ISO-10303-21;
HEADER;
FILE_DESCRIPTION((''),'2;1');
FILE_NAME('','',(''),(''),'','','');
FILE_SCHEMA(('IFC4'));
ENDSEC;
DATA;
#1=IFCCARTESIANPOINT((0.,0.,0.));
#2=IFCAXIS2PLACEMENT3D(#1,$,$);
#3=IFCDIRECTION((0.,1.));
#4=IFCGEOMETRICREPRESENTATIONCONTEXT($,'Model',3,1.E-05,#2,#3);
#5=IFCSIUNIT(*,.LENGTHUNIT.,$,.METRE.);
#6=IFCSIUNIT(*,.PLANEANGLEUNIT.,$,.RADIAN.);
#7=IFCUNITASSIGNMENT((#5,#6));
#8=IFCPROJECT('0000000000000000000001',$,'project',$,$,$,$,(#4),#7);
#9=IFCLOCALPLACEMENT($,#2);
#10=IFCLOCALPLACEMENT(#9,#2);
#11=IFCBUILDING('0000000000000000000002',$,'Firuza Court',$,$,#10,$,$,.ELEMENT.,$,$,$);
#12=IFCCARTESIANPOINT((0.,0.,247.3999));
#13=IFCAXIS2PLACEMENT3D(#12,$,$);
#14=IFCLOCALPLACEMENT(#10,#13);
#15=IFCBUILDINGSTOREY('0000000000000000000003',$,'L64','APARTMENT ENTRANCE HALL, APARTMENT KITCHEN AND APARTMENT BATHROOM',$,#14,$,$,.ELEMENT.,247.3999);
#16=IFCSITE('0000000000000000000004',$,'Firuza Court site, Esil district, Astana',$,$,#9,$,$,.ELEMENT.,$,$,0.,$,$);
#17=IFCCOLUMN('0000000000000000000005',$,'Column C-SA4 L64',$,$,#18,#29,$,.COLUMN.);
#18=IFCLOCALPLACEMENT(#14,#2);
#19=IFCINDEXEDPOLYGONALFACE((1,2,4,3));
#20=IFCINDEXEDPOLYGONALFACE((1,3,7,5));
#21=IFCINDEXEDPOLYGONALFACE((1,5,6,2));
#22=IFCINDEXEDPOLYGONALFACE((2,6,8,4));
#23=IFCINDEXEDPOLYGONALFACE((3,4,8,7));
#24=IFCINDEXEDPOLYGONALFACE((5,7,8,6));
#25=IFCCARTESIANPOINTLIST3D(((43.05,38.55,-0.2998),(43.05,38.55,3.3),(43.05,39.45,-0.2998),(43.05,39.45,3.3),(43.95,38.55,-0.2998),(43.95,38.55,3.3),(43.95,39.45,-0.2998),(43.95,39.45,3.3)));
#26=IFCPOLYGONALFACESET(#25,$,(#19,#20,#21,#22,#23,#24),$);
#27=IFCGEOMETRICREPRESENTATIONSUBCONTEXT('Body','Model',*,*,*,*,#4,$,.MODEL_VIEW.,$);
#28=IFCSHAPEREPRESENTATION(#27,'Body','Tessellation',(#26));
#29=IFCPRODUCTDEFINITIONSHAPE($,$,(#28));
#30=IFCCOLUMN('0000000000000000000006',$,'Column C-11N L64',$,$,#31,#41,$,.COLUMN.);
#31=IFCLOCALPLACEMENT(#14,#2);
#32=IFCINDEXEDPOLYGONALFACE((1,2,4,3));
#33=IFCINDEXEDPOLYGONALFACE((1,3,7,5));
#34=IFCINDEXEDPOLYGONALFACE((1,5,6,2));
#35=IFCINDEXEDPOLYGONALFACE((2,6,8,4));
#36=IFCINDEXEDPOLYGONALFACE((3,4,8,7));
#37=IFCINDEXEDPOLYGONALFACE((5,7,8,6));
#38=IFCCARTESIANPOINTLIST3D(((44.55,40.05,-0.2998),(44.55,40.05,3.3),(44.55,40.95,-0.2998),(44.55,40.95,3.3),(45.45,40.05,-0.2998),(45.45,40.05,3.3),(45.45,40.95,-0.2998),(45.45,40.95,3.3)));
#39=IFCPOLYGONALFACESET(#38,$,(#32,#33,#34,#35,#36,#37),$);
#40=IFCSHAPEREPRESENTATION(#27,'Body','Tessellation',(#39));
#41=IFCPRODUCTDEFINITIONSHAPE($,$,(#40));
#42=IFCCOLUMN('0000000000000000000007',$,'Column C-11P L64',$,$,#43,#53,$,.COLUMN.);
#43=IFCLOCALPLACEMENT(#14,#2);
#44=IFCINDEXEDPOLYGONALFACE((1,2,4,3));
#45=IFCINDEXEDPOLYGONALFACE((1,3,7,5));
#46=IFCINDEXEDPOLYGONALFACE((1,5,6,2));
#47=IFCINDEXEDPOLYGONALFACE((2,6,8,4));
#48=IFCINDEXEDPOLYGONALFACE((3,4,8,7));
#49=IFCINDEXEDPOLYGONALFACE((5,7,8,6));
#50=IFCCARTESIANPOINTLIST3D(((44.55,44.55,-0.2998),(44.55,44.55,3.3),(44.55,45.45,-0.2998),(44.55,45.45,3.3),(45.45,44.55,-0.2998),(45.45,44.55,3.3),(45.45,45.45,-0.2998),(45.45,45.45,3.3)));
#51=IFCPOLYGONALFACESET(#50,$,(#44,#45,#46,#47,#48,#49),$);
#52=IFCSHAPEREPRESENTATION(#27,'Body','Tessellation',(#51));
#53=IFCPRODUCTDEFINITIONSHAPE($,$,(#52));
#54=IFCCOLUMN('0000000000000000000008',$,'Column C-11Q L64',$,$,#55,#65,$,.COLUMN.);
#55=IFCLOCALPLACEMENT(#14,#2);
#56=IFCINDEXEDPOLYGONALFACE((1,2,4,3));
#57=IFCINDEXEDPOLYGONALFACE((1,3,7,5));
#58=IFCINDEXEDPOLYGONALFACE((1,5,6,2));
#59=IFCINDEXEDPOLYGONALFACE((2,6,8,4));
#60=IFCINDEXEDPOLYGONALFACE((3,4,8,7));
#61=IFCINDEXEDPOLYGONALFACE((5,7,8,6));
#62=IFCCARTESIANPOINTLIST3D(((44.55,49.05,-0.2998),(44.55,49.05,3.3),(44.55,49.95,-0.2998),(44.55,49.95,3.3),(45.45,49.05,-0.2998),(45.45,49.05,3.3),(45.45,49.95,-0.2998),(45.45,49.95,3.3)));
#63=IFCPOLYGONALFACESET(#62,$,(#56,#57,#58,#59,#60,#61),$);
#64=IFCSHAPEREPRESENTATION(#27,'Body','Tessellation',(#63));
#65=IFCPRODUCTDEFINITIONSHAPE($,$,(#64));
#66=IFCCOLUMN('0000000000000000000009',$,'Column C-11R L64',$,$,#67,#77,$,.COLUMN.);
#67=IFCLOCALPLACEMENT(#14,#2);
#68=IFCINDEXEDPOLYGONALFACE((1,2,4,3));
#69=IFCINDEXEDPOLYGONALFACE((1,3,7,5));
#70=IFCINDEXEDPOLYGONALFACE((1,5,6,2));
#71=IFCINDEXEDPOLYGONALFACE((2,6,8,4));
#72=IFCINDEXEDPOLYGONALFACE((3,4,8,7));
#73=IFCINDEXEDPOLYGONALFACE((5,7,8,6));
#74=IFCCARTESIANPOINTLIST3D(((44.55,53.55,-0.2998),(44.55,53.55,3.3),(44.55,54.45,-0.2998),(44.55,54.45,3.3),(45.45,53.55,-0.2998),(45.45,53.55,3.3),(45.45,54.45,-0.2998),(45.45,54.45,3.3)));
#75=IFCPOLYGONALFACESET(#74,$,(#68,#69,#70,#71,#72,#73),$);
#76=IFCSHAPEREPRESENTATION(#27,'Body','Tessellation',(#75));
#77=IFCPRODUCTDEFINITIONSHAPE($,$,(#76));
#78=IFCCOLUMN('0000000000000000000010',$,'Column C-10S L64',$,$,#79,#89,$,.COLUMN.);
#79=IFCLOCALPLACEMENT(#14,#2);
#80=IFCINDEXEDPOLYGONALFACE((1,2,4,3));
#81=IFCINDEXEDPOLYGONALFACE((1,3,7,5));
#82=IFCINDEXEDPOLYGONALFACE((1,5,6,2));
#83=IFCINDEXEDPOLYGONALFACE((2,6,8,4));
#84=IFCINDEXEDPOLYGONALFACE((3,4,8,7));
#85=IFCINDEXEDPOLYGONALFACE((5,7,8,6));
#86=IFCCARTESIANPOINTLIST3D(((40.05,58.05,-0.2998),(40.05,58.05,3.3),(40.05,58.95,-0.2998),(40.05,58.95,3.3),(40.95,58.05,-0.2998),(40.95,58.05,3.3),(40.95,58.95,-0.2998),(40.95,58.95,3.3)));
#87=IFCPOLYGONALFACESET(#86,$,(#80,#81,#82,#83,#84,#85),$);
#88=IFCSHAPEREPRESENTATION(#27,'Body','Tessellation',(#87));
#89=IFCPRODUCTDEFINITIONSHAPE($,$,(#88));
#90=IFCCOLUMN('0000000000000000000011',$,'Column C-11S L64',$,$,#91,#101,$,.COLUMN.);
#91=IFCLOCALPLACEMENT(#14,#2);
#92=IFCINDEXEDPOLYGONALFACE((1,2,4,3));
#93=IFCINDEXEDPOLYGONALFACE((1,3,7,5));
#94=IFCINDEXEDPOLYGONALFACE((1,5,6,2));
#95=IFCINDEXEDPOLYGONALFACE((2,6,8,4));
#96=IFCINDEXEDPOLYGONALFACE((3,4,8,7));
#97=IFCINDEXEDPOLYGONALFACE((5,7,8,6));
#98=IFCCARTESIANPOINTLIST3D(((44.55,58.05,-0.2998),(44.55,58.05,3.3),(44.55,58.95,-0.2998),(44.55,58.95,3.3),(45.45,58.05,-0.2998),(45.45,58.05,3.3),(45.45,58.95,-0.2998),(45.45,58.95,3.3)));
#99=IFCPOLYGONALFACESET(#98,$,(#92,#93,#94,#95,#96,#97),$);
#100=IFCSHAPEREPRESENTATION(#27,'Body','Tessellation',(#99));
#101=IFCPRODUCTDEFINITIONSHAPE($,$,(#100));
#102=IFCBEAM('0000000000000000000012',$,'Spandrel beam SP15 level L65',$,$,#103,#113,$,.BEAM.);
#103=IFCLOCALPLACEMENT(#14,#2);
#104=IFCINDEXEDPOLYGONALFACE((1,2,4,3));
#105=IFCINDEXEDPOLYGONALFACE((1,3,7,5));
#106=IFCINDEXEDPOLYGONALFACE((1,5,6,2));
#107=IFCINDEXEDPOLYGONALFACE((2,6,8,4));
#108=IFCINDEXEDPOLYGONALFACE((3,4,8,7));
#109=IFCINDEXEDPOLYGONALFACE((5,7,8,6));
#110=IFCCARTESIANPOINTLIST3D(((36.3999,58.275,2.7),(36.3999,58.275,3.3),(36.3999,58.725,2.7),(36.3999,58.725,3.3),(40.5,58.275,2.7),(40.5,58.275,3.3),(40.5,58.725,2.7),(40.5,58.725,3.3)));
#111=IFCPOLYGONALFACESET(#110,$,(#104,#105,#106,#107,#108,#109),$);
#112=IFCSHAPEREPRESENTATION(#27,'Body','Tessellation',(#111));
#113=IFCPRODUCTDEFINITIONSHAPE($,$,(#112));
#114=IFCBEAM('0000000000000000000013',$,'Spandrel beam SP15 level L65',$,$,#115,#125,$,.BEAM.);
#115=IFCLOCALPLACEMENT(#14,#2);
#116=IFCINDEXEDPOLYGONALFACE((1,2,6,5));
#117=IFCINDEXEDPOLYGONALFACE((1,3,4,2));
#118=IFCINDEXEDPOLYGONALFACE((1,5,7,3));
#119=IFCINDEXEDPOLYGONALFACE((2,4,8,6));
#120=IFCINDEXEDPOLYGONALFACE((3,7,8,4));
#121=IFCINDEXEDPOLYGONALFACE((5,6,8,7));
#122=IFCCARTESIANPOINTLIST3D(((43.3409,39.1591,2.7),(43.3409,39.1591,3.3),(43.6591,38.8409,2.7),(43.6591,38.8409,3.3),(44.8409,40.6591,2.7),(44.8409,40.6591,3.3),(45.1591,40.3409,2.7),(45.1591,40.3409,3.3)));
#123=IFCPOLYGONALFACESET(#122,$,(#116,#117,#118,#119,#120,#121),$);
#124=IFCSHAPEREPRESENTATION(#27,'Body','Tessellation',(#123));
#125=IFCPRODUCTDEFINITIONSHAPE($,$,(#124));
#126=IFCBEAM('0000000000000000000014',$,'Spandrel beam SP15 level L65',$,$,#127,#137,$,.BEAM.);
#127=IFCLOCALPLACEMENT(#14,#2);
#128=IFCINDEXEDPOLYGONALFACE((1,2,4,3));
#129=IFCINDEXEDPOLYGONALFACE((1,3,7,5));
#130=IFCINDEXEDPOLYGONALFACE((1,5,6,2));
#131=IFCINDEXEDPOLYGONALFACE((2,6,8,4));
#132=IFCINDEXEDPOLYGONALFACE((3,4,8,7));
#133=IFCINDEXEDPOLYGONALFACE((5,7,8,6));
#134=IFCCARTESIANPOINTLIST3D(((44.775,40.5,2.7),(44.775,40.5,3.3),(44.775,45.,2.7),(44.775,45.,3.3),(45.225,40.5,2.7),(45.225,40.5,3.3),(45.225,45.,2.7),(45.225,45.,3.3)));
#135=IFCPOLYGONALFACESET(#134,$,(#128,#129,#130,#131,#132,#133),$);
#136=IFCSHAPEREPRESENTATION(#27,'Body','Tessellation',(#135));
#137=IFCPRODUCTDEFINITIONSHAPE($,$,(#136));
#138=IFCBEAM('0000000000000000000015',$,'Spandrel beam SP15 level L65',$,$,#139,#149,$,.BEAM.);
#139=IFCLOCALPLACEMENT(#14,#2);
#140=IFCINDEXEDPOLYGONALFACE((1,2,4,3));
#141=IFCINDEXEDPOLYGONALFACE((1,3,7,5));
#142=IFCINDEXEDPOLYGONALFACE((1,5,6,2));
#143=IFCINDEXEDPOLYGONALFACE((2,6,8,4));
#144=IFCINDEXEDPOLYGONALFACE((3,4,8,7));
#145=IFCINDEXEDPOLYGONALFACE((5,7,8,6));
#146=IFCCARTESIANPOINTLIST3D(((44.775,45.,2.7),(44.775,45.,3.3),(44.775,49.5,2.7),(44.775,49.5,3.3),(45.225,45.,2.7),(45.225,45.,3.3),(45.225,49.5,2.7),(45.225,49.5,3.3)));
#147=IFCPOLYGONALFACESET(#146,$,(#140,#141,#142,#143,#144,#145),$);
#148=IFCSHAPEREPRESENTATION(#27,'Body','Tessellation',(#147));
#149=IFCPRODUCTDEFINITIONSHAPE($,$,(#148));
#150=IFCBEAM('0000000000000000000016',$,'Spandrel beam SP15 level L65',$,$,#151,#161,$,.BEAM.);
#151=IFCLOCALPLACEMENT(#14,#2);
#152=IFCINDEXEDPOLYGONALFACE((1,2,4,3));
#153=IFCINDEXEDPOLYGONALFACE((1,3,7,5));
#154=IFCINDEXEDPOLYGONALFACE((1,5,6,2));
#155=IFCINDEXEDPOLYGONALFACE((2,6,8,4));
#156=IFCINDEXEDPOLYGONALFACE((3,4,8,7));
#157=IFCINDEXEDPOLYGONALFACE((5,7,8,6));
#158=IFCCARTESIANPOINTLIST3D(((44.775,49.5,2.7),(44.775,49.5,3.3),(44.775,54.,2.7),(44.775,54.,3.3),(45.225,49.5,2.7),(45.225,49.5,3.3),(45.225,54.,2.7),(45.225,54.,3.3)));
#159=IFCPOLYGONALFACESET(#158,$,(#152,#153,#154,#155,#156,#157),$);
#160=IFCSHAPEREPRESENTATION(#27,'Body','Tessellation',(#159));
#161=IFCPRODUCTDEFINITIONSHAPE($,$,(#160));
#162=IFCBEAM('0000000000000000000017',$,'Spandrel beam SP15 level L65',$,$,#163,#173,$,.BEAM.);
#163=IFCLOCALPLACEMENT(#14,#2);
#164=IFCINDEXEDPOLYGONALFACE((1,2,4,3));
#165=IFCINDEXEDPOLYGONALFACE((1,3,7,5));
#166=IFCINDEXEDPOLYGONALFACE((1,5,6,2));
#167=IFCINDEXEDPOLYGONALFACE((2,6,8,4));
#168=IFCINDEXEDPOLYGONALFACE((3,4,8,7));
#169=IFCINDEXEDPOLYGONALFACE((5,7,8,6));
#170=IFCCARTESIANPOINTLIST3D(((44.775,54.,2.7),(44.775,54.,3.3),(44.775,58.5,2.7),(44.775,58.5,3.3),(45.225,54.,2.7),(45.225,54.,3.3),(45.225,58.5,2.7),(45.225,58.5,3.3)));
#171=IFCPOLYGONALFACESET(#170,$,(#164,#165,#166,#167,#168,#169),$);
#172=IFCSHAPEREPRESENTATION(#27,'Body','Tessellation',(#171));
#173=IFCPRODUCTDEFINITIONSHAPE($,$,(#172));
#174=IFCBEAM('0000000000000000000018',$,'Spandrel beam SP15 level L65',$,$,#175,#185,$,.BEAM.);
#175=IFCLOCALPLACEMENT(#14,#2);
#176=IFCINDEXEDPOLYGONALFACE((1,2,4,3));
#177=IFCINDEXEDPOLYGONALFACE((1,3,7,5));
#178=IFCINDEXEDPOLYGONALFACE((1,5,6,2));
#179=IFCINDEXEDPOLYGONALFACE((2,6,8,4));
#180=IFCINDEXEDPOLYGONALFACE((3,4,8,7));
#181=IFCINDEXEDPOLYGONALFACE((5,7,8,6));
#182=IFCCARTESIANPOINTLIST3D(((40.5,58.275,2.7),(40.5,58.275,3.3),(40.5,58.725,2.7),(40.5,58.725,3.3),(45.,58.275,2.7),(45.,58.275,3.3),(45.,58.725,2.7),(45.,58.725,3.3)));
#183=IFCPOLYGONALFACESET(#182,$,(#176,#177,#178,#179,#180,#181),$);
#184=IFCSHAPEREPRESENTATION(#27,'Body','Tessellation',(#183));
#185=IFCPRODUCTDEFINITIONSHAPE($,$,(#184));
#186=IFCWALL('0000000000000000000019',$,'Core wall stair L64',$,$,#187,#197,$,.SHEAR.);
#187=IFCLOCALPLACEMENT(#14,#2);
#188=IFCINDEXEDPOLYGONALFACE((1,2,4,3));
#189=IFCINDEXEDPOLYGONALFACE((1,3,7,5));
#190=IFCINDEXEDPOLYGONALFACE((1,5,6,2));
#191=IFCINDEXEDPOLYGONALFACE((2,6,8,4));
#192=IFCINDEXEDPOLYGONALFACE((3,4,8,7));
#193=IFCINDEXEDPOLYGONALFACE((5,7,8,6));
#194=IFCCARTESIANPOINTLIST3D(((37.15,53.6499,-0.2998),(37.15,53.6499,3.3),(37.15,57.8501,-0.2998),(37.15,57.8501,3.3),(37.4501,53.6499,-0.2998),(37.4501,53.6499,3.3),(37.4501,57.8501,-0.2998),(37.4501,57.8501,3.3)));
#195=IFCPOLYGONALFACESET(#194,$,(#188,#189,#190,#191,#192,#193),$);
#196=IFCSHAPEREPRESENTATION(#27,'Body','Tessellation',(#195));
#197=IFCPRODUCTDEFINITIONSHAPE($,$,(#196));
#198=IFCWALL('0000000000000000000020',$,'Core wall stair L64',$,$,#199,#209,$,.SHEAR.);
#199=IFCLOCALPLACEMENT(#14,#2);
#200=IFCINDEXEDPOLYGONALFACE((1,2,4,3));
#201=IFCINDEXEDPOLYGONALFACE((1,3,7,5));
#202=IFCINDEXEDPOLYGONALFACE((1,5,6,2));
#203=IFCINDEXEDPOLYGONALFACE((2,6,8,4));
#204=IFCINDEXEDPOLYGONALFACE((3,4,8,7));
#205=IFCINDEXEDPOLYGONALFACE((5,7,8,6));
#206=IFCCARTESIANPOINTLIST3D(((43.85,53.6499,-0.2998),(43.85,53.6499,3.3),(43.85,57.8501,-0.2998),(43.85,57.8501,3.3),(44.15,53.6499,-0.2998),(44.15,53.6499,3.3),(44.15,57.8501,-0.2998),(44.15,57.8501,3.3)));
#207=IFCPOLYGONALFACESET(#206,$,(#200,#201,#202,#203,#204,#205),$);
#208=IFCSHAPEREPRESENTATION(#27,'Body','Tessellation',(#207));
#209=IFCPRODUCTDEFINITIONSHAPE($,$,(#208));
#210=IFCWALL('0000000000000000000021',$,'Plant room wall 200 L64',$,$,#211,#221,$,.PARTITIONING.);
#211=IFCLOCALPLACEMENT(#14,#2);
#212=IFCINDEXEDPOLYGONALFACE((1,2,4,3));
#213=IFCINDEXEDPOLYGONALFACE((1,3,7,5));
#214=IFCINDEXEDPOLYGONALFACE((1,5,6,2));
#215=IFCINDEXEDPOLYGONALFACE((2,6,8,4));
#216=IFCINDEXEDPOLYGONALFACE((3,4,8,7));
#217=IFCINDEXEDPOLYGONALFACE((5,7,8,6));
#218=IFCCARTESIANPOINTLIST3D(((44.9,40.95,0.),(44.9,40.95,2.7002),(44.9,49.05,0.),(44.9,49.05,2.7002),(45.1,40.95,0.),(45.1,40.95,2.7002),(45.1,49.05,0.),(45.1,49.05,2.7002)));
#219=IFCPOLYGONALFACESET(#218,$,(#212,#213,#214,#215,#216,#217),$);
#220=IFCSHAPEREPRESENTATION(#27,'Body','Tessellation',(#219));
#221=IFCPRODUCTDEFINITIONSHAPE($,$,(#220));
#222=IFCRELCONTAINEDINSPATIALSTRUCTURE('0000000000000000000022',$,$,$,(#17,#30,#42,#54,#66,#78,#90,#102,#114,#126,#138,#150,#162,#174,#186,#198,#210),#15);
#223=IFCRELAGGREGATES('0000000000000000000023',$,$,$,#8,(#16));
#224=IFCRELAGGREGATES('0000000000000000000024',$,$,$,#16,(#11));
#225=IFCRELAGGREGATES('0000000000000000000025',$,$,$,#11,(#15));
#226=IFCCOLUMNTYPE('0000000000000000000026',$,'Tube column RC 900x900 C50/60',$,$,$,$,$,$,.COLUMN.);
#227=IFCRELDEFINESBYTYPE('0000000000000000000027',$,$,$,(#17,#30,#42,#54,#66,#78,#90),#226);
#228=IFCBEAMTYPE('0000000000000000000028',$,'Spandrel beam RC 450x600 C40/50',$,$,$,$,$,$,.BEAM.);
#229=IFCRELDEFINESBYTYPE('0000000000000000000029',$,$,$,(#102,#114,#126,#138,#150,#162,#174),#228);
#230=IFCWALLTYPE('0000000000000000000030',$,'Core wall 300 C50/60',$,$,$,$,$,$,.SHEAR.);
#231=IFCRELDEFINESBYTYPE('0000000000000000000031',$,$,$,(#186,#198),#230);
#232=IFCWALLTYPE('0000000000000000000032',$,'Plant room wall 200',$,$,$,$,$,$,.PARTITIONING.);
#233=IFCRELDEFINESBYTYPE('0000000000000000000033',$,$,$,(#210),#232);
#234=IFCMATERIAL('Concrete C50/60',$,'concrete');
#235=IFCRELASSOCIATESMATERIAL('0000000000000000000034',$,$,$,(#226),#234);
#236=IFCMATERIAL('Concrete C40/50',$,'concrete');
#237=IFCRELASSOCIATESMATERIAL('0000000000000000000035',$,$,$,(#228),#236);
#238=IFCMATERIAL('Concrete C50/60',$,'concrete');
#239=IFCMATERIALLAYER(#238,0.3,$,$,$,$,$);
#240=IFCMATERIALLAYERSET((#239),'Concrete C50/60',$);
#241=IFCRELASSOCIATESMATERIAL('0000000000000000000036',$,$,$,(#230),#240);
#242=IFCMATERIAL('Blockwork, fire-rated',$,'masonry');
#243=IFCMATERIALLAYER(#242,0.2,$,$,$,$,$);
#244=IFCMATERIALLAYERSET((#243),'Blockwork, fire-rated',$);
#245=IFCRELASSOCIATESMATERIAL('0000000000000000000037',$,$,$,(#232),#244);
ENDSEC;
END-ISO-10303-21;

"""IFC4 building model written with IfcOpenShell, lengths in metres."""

from ifc_helpers import new_model, si_unit, direction, frame, frame_2d, origin, origin_2d, place, context, subcontext, project, spatial, rectangle, extrude, material, layer, layer_set, material_profile, profile_set, type_object, element, save


model = new_model("IFC4")

# Units and contexts
model_context = context("Model", 3, precision=1e-05, world=origin(), true_north=direction((0.0, 1.0)))
body_context = subcontext(model_context, "Body", "Model", "MODEL_VIEW")
ifc_project = project(units=[si_unit("LENGTHUNIT", "METRE"), si_unit("PLANEANGLEUNIT", "RADIAN")], contexts=[model_context])

# Site, building, storey
site_placement = place(None, origin())
site = spatial("IfcSite", under=ifc_project, at=site_placement, Name="Firuza Court site, Esil district, Astana", CompositionType="ELEMENT", RefElevation=0.0)
building_placement = place(site_placement, origin())
building = spatial("IfcBuilding", under=site, at=building_placement, Name="Firuza Court", CompositionType="ELEMENT")
storey_placement = place(building_placement, frame((0.0, 0.0, 247.3999)))
storey = spatial("IfcBuildingStorey", under=building, at=storey_placement, Name="L64", Description="APARTMENT ENTRANCE HALL, APARTMENT KITCHEN AND APARTMENT BATHROOM", CompositionType="ELEMENT", Elevation=247.3999)

# Columns
ifc_material_1 = material(Name="Concrete C50/60", Category="concrete")
ifc_material_profile_1 = material_profile(ifc_material_1, rectangle(XDim=0.8999, YDim=0.8999, at=origin_2d()), Name="RC 900x900")
ifc_profile_set_1 = profile_set([ifc_material_profile_1], Name="Concrete C50/60")
column_type = type_object("IfcColumnType", Name="Tube column RC 900x900 C50/60", PredefinedType="COLUMN", material=ifc_profile_set_1)
for number, where, z_axis, x_axis, name in (
    (1, (43.5, 39.0, -0.2998), (0.0, 0.0, 1.0), (1.0, 0.0, 0.0), "Column C-SA4 L64"),
    (2, (45.0, 40.5, -0.2998), (0.0, 0.0, 1.0), (1.0, 0.0, 0.0), "Column C-11N L64"),
    (3, (45.0, 45.0, -0.2998), (0.0, 0.0, 1.0), (1.0, 0.0, 0.0), "Column C-11P L64"),
    (4, (45.0, 49.5, -0.2998), (0.0, 0.0, 1.0), (1.0, 0.0, 0.0), "Column C-11Q L64"),
    (5, (45.0, 54.0, -0.2998), (0.0, 0.0, 1.0), (1.0, 0.0, 0.0), "Column C-11R L64"),
    (6, (40.5, 58.5, -0.2998), (0.0, 0.0, 1.0), (1.0, 0.0, 0.0), "Column C-10S L64"),
    (7, (45.0, 58.5, -0.2998), (0.0, 0.0, 1.0), (1.0, 0.0, 0.0), "Column C-11S L64"),
):
    element("IfcColumn", number, at=place(storey_placement, frame(where, z_axis=z_axis, x_axis=x_axis)), inside=storey, type_object=column_type, Name=name, PredefinedType="COLUMN", context=body_context, shape_type="SweptSolid", body=[
        extrude(rectangle(XDim=0.8999, YDim=0.8999, at=origin_2d()), origin(), (0.0, 0.0, 1.0), 3.5999),
    ])

# Beams
ifc_material_2 = material(Name="Concrete C40/50", Category="concrete")
ifc_material_profile_2 = material_profile(ifc_material_2, rectangle(XDim=0.45, YDim=0.6001, at=origin_2d()), Name="RC 450x600")
ifc_profile_set_2 = profile_set([ifc_material_profile_2], Name="Concrete C40/50")
beam_type = type_object("IfcBeamType", Name="Spandrel beam RC 450x600 C40/50", PredefinedType="BEAM", material=ifc_profile_set_2)
beam_1_placement = place(storey_placement, frame((40.5, 58.5, 3.0), z_axis=(-1.0, 0.0, 0.0), x_axis=(0.0, -1.0, 0.0)))
element("IfcBeam", 8, at=beam_1_placement, inside=storey, type_object=beam_type, Name="Spandrel beam SP15 level L65", PredefinedType="BEAM", context=body_context, shape_type="SweptSolid", body=[
    extrude(rectangle(XDim=0.45, YDim=0.6001, at=origin_2d()), origin(), (0.0, 0.0, 1.0), 4.1001),
])
beam_2_placement = place(storey_placement, frame((43.5, 39.0, 3.0), z_axis=(0.707107, 0.707107, 0.0), x_axis=(-0.707107, 0.707107, 0.0)))
element("IfcBeam", 9, at=beam_2_placement, inside=storey, type_object=beam_type, Name="Spandrel beam SP15 level L65", PredefinedType="BEAM", context=body_context, shape_type="SweptSolid", body=[
    extrude(rectangle(XDim=0.45, YDim=0.6001, at=origin_2d()), origin(), (0.0, 0.0, 1.0), 2.1213),
])
for number, where, z_axis, x_axis, name in (
    (10, (45.0, 40.5, 3.0), (0.0, 1.0, 0.0), (-1.0, 0.0, 0.0), "Spandrel beam SP15 level L65"),
    (11, (45.0, 45.0, 3.0), (0.0, 1.0, 0.0), (-1.0, 0.0, 0.0), "Spandrel beam SP15 level L65"),
    (12, (45.0, 49.5, 3.0), (0.0, 1.0, 0.0), (-1.0, 0.0, 0.0), "Spandrel beam SP15 level L65"),
    (13, (45.0, 54.0, 3.0), (0.0, 1.0, 0.0), (-1.0, 0.0, 0.0), "Spandrel beam SP15 level L65"),
    (14, (45.0, 58.5, 3.0), (-1.0, 0.0, 0.0), (0.0, -1.0, 0.0), "Spandrel beam SP15 level L65"),
):
    element("IfcBeam", number, at=place(storey_placement, frame(where, z_axis=z_axis, x_axis=x_axis)), inside=storey, type_object=beam_type, Name=name, PredefinedType="BEAM", context=body_context, shape_type="SweptSolid", body=[
        extrude(rectangle(XDim=0.45, YDim=0.6001, at=origin_2d()), origin(), (0.0, 0.0, 1.0), 4.5),
    ])

# Walls
ifc_material_3 = material(Name="Concrete C50/60", Category="concrete")
ifc_layer_1 = layer(ifc_material_3, 0.3)
ifc_layer_set_1 = layer_set([ifc_layer_1], Name="Concrete C50/60")
wall_type_1 = type_object("IfcWallType", Name="Core wall 300 C50/60", PredefinedType="SHEAR", material=ifc_layer_set_1)
for number, where, z_axis, x_axis, name in (
    (15, (37.3, 53.6499, -0.2998), (0.0, 0.0, 1.0), (0.0, 1.0, 0.0), "Core wall stair L64"),
    (16, (44.0, 53.6499, -0.2998), (0.0, 0.0, 1.0), (0.0, 1.0, 0.0), "Core wall stair L64"),
):
    element("IfcWall", number, at=place(storey_placement, frame(where, z_axis=z_axis, x_axis=x_axis)), inside=storey, type_object=wall_type_1, Name=name, PredefinedType="SHEAR", context=body_context, shape_type="SweptSolid", body=[
        extrude(rectangle(XDim=4.2002, YDim=0.3, at=frame_2d((2.1001, 0.0))), origin(), (0.0, 0.0, 1.0), 3.5999),
    ])
ifc_material_4 = material(Name="Blockwork, fire-rated", Category="masonry")
ifc_layer_2 = layer(ifc_material_4, 0.2)
ifc_layer_set_2 = layer_set([ifc_layer_2], Name="Blockwork, fire-rated")
wall_type_2 = type_object("IfcWallType", Name="Plant room wall 200", PredefinedType="PARTITIONING", material=ifc_layer_set_2)
wall_1_placement = place(storey_placement, frame((45.0, 40.95, 0.0), z_axis=(0.0, 0.0, 1.0), x_axis=(0.0, 1.0, 0.0)))
element("IfcWall", 17, at=wall_1_placement, inside=storey, type_object=wall_type_2, Name="Plant room wall 200 L64", PredefinedType="PARTITIONING", context=body_context, shape_type="SweptSolid", body=[
    extrude(rectangle(XDim=8.1001, YDim=0.2, at=frame_2d((4.05, 0.0))), origin(), (0.0, 0.0, 1.0), 2.7002),
])

save(model, "model.ifc")
